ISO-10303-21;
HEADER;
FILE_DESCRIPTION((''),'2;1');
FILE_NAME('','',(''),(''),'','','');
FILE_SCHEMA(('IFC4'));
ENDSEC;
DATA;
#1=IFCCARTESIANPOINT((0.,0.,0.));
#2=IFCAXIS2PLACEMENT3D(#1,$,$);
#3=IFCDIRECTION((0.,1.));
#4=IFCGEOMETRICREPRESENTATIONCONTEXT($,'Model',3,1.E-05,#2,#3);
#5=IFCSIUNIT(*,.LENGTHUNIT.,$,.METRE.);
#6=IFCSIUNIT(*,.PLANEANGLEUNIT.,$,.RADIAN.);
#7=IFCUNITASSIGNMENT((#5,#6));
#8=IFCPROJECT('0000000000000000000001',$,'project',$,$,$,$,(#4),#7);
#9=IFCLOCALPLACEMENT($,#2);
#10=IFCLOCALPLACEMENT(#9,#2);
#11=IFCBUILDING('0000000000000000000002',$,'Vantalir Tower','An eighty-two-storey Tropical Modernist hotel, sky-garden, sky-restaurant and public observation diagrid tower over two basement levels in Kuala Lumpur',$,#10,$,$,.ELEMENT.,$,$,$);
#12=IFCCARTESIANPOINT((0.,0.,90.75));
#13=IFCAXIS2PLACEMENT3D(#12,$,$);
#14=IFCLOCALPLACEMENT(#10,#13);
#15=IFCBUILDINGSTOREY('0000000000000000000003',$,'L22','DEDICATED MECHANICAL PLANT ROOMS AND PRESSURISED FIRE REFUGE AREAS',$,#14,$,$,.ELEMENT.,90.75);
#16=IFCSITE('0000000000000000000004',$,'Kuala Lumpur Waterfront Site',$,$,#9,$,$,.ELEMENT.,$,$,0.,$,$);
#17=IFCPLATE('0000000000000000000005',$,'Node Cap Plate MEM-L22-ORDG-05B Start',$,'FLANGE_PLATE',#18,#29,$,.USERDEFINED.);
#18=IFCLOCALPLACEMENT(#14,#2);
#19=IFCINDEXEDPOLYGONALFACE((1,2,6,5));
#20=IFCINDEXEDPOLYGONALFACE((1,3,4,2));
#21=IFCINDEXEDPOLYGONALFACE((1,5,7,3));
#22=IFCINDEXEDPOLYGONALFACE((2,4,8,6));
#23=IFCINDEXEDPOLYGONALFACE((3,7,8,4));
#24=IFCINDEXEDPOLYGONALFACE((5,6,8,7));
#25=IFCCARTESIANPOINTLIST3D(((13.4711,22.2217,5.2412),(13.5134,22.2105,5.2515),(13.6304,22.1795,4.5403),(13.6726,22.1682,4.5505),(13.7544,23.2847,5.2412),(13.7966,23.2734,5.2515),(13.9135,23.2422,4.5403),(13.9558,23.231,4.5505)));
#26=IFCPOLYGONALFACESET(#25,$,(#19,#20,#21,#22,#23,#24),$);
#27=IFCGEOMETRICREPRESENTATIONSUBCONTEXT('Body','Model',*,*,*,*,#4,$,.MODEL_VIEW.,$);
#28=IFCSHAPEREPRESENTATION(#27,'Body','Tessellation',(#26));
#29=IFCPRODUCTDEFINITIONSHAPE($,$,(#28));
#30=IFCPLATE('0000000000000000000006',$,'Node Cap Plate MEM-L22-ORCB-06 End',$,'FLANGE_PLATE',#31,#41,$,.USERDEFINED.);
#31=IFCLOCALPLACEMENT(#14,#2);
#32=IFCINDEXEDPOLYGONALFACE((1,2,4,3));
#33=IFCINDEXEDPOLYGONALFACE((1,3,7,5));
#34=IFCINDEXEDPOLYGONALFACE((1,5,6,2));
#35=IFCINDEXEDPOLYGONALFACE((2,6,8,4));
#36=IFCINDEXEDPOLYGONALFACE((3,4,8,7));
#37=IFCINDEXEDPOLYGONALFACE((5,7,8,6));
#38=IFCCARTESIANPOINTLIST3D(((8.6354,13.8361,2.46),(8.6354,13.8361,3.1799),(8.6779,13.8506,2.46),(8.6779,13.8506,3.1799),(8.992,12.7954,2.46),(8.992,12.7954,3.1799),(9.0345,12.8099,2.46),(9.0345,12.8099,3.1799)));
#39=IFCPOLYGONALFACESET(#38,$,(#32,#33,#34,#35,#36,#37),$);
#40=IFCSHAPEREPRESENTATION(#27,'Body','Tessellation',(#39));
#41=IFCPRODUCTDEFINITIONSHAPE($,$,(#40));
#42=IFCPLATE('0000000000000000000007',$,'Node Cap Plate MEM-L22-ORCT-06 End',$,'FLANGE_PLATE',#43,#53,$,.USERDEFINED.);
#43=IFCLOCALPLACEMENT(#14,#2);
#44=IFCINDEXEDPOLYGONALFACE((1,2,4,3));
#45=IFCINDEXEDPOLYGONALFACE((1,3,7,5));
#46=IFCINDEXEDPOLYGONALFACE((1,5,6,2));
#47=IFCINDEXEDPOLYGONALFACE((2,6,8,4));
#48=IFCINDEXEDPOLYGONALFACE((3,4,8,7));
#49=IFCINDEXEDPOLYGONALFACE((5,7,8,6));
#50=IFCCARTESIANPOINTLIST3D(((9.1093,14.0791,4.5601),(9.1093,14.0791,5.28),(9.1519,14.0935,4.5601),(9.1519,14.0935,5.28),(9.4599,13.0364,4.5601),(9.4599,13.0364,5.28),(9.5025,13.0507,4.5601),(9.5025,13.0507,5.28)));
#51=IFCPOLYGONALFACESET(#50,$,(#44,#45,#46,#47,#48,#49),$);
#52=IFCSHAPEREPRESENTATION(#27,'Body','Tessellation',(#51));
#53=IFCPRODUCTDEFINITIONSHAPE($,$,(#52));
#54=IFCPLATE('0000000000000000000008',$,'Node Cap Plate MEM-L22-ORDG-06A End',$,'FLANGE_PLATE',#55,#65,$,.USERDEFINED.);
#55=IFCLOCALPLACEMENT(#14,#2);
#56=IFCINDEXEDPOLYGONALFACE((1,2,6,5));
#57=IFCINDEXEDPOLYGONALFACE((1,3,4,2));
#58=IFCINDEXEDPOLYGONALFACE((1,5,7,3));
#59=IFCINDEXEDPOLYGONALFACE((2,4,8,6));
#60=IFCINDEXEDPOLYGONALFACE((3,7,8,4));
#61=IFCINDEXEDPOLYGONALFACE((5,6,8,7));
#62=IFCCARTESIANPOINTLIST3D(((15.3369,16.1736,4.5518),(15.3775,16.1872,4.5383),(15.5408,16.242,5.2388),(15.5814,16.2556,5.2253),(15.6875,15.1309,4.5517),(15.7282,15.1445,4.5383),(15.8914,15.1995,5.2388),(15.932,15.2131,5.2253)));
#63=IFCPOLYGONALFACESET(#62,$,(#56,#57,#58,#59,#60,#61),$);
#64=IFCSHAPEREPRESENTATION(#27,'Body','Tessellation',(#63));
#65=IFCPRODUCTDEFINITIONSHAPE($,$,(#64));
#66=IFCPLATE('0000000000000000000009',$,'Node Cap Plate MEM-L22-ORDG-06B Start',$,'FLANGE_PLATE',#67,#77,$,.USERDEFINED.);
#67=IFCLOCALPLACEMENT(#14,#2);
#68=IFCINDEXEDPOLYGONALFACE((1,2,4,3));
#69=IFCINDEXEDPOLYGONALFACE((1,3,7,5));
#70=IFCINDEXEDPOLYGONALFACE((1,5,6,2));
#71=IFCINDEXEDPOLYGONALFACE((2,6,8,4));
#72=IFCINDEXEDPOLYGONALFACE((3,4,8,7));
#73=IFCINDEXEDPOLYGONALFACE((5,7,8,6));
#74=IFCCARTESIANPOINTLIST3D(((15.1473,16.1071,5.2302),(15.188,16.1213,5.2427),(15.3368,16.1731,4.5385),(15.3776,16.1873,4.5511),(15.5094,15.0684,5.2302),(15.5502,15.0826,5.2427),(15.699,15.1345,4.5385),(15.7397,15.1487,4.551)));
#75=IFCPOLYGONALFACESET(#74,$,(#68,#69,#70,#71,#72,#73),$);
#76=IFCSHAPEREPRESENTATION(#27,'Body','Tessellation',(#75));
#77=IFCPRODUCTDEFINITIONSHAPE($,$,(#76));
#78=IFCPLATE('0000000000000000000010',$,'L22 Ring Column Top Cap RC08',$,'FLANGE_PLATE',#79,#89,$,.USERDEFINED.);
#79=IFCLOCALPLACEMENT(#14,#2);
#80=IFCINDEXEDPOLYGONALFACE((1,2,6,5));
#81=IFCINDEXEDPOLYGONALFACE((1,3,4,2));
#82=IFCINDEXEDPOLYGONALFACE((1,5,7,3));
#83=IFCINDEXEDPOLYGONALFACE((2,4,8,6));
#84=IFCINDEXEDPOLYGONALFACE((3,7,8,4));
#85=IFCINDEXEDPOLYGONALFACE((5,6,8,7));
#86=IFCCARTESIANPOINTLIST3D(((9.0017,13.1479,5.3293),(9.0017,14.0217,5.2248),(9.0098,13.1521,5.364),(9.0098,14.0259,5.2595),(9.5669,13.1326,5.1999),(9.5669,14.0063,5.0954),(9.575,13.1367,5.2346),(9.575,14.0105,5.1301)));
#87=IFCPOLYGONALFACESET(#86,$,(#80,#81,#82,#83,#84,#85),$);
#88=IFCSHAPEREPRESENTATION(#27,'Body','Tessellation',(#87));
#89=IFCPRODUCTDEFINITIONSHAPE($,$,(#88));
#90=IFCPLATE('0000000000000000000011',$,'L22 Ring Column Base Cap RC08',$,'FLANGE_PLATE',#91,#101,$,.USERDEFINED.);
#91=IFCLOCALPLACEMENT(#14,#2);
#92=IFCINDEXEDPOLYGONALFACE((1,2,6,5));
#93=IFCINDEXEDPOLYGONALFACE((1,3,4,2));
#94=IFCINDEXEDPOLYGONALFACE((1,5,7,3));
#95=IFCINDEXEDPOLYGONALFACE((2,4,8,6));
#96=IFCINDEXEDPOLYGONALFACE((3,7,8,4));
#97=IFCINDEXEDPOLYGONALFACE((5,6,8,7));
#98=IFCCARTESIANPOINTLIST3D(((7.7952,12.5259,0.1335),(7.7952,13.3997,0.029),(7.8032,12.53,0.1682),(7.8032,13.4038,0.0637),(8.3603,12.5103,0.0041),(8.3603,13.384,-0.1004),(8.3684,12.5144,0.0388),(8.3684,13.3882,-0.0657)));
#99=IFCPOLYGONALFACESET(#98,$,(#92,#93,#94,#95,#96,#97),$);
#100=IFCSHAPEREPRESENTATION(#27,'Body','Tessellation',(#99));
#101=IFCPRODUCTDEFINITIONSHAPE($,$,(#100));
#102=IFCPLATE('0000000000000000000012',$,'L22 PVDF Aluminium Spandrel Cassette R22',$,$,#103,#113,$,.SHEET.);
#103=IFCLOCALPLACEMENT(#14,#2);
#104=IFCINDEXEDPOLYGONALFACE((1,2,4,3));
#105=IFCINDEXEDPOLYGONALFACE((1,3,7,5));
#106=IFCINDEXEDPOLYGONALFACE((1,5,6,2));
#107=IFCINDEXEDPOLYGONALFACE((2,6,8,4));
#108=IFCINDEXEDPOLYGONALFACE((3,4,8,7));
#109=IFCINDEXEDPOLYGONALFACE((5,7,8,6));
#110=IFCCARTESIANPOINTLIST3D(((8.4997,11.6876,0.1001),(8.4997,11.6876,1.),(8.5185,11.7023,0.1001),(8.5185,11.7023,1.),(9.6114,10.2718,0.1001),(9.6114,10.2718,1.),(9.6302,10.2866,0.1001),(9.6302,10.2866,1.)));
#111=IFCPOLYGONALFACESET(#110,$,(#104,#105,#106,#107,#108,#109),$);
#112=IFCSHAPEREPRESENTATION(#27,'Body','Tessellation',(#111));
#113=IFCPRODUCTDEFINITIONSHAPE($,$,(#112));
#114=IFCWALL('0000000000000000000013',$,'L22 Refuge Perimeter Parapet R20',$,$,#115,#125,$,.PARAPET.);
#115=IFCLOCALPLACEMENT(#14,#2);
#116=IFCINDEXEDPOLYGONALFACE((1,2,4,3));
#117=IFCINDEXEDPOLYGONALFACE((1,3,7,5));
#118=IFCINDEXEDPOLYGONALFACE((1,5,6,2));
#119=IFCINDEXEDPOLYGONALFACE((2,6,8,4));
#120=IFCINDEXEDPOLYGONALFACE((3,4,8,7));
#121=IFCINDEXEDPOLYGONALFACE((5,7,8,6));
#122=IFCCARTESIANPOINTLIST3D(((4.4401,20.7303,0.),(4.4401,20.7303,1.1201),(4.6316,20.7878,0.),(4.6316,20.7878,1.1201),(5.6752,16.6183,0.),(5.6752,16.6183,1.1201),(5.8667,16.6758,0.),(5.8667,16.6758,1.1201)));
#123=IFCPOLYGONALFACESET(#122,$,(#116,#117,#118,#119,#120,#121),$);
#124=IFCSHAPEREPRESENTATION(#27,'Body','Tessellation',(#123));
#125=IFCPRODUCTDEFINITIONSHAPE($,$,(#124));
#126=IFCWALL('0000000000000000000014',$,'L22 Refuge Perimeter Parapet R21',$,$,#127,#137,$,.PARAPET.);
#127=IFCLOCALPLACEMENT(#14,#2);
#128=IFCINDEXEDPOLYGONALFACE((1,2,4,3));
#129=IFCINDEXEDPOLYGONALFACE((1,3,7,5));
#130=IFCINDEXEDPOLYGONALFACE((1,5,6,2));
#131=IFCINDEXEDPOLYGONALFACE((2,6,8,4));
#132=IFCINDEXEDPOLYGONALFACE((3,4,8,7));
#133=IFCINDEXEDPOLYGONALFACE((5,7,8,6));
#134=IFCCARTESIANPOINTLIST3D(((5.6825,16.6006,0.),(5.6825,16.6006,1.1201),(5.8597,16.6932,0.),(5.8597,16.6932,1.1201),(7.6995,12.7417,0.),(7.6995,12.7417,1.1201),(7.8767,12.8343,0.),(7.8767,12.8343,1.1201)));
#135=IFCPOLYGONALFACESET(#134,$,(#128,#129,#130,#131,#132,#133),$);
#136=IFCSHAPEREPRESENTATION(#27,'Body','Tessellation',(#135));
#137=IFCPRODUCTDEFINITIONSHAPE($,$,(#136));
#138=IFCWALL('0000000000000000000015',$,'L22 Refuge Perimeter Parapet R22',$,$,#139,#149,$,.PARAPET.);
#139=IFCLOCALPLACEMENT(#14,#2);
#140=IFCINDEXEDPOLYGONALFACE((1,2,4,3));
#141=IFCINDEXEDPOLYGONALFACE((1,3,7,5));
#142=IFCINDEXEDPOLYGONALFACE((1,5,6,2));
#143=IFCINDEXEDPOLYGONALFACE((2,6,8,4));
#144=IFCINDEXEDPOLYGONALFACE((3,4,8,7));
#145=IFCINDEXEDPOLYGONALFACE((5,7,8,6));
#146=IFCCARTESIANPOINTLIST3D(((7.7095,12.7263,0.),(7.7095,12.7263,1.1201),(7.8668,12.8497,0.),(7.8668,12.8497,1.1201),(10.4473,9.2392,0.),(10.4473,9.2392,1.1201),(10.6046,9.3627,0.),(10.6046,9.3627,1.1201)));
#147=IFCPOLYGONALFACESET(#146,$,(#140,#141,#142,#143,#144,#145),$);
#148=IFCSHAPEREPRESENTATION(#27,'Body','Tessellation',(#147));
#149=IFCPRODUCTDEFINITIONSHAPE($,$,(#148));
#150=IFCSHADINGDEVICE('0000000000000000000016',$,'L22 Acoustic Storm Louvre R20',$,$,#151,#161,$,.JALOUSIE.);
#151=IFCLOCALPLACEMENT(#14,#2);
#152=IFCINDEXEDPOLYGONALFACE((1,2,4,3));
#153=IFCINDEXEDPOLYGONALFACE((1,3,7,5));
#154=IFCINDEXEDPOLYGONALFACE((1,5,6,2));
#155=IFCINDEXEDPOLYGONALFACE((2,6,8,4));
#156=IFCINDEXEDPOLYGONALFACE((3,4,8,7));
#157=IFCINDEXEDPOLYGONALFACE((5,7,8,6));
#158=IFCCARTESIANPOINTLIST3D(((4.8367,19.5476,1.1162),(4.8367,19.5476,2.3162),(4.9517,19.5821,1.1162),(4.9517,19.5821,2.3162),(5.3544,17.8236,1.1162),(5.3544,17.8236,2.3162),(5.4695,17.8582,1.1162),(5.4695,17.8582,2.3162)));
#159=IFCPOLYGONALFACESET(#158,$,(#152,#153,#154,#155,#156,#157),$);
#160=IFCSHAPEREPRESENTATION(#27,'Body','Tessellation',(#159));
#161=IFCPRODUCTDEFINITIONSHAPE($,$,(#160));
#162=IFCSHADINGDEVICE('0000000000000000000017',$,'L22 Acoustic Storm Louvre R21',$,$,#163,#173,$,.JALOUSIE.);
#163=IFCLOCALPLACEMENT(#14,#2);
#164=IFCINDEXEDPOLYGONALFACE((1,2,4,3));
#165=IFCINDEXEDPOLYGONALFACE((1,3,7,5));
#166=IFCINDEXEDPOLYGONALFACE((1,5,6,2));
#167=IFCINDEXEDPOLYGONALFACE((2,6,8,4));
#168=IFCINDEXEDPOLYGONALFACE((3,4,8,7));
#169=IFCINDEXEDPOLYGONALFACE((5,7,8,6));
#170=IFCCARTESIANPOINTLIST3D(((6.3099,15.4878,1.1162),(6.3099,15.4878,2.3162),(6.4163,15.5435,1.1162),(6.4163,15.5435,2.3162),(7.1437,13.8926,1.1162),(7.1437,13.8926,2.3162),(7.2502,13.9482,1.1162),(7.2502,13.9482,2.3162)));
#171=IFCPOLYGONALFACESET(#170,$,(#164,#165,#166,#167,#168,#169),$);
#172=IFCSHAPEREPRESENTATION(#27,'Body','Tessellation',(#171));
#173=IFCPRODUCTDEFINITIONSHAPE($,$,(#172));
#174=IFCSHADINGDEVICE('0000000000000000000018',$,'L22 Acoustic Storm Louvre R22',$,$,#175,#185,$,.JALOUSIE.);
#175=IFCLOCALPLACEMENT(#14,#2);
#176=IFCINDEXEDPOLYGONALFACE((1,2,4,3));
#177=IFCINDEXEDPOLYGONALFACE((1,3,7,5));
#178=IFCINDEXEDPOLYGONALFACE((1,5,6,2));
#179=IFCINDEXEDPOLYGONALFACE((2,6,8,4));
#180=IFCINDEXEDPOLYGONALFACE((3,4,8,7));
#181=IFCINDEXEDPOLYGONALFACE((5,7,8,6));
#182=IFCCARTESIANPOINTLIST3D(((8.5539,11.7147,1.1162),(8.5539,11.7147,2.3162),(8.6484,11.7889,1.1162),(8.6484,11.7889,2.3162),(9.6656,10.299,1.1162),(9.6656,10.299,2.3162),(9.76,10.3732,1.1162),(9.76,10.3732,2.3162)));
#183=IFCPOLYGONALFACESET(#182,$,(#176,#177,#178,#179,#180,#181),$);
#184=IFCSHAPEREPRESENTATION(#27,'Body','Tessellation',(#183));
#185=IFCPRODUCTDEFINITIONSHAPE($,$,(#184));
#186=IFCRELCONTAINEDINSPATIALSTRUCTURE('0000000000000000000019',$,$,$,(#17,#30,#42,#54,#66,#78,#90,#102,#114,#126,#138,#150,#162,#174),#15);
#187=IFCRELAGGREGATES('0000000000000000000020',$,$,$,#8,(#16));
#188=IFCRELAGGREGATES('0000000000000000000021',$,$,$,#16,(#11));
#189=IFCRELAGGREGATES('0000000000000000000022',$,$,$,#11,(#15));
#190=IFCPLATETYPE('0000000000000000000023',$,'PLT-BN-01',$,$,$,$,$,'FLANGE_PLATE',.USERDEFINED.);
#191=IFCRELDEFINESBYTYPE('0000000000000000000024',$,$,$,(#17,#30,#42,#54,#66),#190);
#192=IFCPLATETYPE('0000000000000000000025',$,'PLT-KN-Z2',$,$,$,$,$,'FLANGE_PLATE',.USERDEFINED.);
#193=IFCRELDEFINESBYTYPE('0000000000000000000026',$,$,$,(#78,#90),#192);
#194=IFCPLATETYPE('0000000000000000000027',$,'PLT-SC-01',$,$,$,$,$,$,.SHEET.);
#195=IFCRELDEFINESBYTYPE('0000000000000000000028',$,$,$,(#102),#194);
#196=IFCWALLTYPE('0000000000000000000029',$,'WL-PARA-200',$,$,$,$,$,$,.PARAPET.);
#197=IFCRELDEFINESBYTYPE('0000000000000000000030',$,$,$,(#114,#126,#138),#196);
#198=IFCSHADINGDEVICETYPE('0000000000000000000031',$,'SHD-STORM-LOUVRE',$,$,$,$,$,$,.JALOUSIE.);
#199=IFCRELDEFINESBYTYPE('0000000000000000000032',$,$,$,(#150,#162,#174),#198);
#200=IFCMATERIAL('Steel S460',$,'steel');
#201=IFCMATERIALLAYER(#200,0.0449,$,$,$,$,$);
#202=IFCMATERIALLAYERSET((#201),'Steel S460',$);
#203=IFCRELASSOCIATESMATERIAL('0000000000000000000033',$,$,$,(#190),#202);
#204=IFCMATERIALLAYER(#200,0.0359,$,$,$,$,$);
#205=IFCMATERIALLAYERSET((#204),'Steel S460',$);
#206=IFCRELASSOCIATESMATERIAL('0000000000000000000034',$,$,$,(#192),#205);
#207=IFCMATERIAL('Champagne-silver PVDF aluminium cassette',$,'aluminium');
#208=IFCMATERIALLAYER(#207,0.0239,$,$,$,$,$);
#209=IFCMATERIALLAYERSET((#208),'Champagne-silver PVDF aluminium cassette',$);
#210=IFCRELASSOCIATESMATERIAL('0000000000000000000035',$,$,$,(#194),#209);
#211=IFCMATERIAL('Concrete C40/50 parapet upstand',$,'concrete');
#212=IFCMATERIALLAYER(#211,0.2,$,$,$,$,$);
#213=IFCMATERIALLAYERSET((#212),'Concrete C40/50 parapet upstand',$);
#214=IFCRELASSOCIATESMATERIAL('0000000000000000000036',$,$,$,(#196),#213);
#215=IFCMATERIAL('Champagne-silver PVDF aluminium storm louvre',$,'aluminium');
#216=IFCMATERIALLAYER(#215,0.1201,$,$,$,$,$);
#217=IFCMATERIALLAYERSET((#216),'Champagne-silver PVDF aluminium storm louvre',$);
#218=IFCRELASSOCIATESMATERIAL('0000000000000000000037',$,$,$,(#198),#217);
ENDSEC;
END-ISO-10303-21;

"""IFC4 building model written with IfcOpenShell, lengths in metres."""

from ifc_helpers import new_model, si_unit, direction, frame, frame_2d, origin, origin_2d, place, context, subcontext, project, spatial, polyline, rectangle, outline, extrude, material, layer, layer_set, type_object, element, save


model = new_model("IFC4")

# Units and contexts
model_context = context("Model", 3, precision=1e-05, world=origin(), true_north=direction((0.0, 1.0)))
body_context = subcontext(model_context, "Body", "Model", "MODEL_VIEW")
ifc_project = project(units=[si_unit("LENGTHUNIT", "METRE"), si_unit("PLANEANGLEUNIT", "RADIAN")], contexts=[model_context])

# Site, building, storey
site_placement = place(None, origin())
site = spatial("IfcSite", under=ifc_project, at=site_placement, Name="Kuala Lumpur Waterfront Site", CompositionType="ELEMENT", RefElevation=0.0)
building_placement = place(site_placement, origin())
building = spatial("IfcBuilding", under=site, at=building_placement, Name="Vantalir Tower", Description="An eighty-two-storey Tropical Modernist hotel, sky-garden, sky-restaurant and public observation diagrid tower over two basement levels in Kuala Lumpur", CompositionType="ELEMENT")
storey_placement = place(building_placement, frame((0.0, 0.0, 90.75)))
storey = spatial("IfcBuildingStorey", under=building, at=storey_placement, Name="L22", Description="DEDICATED MECHANICAL PLANT ROOMS AND PRESSURISED FIRE REFUGE AREAS", CompositionType="ELEMENT", Elevation=90.75)

# Shared definitions
ifc_material_1 = material(Name="Steel S460", Category="steel")

# Plates
ifc_layer_1 = layer(ifc_material_1, 0.0449)
ifc_layer_set_1 = layer_set([ifc_layer_1], Name="Steel S460")
plate_type_1 = type_object("IfcPlateType", Name="PLT-BN-01", ElementType="FLANGE_PLATE", PredefinedType="USERDEFINED", material=ifc_layer_set_1)
plate_1_placement = place(storey_placement, frame((13.6726, 22.1682, 4.5505), z_axis=(0.940661, -0.250641, 0.22877), x_axis=(0.257471, 0.966286, -0.000006)))
element("IfcPlate", 1, at=plate_1_placement, inside=storey, type_object=plate_type_1, Name="Node Cap Plate MEM-L22-ORDG-05B Start", ObjectType="FLANGE_PLATE", PredefinedType="USERDEFINED", context=body_context, shape_type="SweptSolid", body=[
    extrude(outline(polyline([(0.0, 0.0), (1.0998, 0.0), (1.0999, 0.72), (-0.0002, 0.72), (0.0, 0.0)])), origin(), (0.0, 0.0, -1.0), 0.0449),
])
for number, where, z_axis, x_axis, name in (
    (2, (8.835, 13.323, 2.46), (0.0, 0.0, 1.0), (-0.946006, -0.324149, 0.0), "Node Cap Plate MEM-L22-ORCB-06 End"),
    (3, (9.3059, 13.5649, 4.5601), (0.0, 0.0, 1.0), (-0.947852, -0.318711, 0.0), "Node Cap Plate MEM-L22-ORCT-06 End"),
):
    element("IfcPlate", number, at=place(storey_placement, frame(where, z_axis=z_axis, x_axis=x_axis)), inside=storey, type_object=plate_type_1, Name=name, ObjectType="FLANGE_PLATE", PredefinedType="USERDEFINED", context=body_context, shape_type="SweptSolid", body=[
        extrude(rectangle(XDim=0.0449, YDim=1.1001, at=origin_2d()), origin(), (0.0, 0.0, 1.0), 0.72),
    ])
plate_2_placement = place(storey_placement, frame((15.3369, 16.1736, 4.5518), z_axis=(-0.904566, -0.30417, 0.298732), x_axis=(0.318721, -0.947849, -0.00001)))
element("IfcPlate", 4, at=plate_2_placement, inside=storey, type_object=plate_type_1, Name="Node Cap Plate MEM-L22-ORDG-06A End", ObjectType="FLANGE_PLATE", PredefinedType="USERDEFINED", context=body_context, shape_type="SweptSolid", body=[
    extrude(outline(polyline([(0.0, 0.0), (1.1001, 0.0), (1.1, 0.7199), (0.0002, 0.7199), (0.0, 0.0)])), origin(), (0.0, 0.0, -1.0), 0.0449),
])
plate_3_placement = place(storey_placement, frame((15.7397, 15.1487, 4.551), z_axis=(0.906819, 0.316198, 0.278742), x_axis=(-0.329258, 0.94424, 0.000038)))
element("IfcPlate", 5, at=plate_3_placement, inside=storey, type_object=plate_type_1, Name="Node Cap Plate MEM-L22-ORDG-06B Start", ObjectType="FLANGE_PLATE", PredefinedType="USERDEFINED", context=body_context, shape_type="SweptSolid", body=[
    extrude(outline(polyline([(0.0, 0.0), (1.1, 0.0), (1.1001, 0.7202), (0.0, 0.7202), (0.0, 0.0)])), origin(), (0.0, 0.0, -1.0), 0.0449),
])
ifc_layer_2 = layer(ifc_material_1, 0.0359)
ifc_layer_set_2 = layer_set([ifc_layer_2], Name="Steel S460")
plate_type_2 = type_object("IfcPlateType", Name="PLT-KN-Z2", ElementType="FLANGE_PLATE", PredefinedType="USERDEFINED", material=ifc_layer_set_2)
plate_4_placement = place(storey_placement, frame((9.0098, 14.0259, 5.2595), z_axis=(0.22466, 0.115705, 0.967543), x_axis=(0.0, -0.992925, 0.11874)))
element("IfcPlate", 6, at=plate_4_placement, inside=storey, type_object=plate_type_2, Name="L22 Ring Column Top Cap RC08", ObjectType="FLANGE_PLATE", PredefinedType="USERDEFINED", context=body_context, shape_type="SweptSolid", body=[
    extrude(outline(polyline([(0.0, 0.0), (0.88, 0.0), (0.8799, 0.58), (-0.0001, 0.58), (0.0, 0.0)])), origin(), (0.0, 0.0, -1.0), 0.0359),
])
plate_5_placement = place(storey_placement, frame((7.8032, 13.4038, 0.0637), z_axis=(0.224707, 0.115704, 0.967533), x_axis=(0.0, -0.992925, 0.11874)))
element("IfcPlate", 7, at=plate_5_placement, inside=storey, type_object=plate_type_2, Name="L22 Ring Column Base Cap RC08", ObjectType="FLANGE_PLATE", PredefinedType="USERDEFINED", context=body_context, shape_type="SweptSolid", body=[
    extrude(outline(polyline([(0.0, 0.0), (0.88, 0.0), (0.8802, 0.58), (0.0002, 0.58), (0.0, 0.0)])), origin(), (0.0, 0.0, -1.0), 0.0359),
])
ifc_material_2 = material(Name="Champagne-silver PVDF aluminium cassette", Category="aluminium")
ifc_layer_3 = layer(ifc_material_2, 0.0239)
ifc_layer_set_3 = layer_set([ifc_layer_3], Name="Champagne-silver PVDF aluminium cassette")
plate_type_3 = type_object("IfcPlateType", Name="PLT-SC-01", PredefinedType="SHEET", material=ifc_layer_set_3)
plate_6_placement = place(storey_placement, frame((9.0649, 10.9871, 0.1001), z_axis=(0.0, 0.0, 1.0), x_axis=(0.617571, -0.786515, 0.0)))
element("IfcPlate", 8, at=plate_6_placement, inside=storey, type_object=plate_type_3, Name="L22 PVDF Aluminium Spandrel Cassette R22", PredefinedType="SHEET", context=body_context, shape_type="SweptSolid", body=[
    extrude(rectangle(XDim=1.8, YDim=0.0239, at=origin_2d()), origin(), (0.0, 0.0, 1.0), 0.8999),
])

# Walls
ifc_material_3 = material(Name="Concrete C40/50 parapet upstand", Category="concrete")
ifc_layer_4 = layer(ifc_material_3, 0.2)
ifc_layer_set_4 = layer_set([ifc_layer_4], Name="Concrete C40/50 parapet upstand")
wall_type = type_object("IfcWallType", Name="WL-PARA-200", PredefinedType="PARAPET", material=ifc_layer_set_4)
wall_1_placement = place(storey_placement, frame((4.5359, 20.759, 0.0), z_axis=(0.0, 0.0, 1.0), x_axis=(0.287666, -0.957731, 0.0)))
element("IfcWall", 9, at=wall_1_placement, inside=storey, type_object=wall_type, Name="L22 Refuge Perimeter Parapet R20", PredefinedType="PARAPET", context=body_context, shape_type="SweptSolid", body=[
    extrude(rectangle(XDim=4.2935, YDim=0.2, at=frame_2d((2.1467, 0.0))), origin(), (0.0, 0.0, 1.0), 1.1201),
])
wall_2_placement = place(storey_placement, frame((5.771, 16.647, 0.0), z_axis=(0.0, 0.0, 1.0), x_axis=(0.463244, -0.886231, 0.0)))
element("IfcWall", 10, at=wall_2_placement, inside=storey, type_object=wall_type, Name="L22 Refuge Perimeter Parapet R21", PredefinedType="PARAPET", context=body_context, shape_type="SweptSolid", body=[
    extrude(rectangle(XDim=4.3542, YDim=0.2, at=frame_2d((2.1772, 0.0))), origin(), (0.0, 0.0, 1.0), 1.1201),
])
wall_3_placement = place(storey_placement, frame((7.7881, 12.7881, 0.0), z_axis=(0.0, 0.0, 1.0), x_axis=(0.617537, -0.786542, 0.0)))
element("IfcWall", 11, at=wall_3_placement, inside=storey, type_object=wall_type, Name="L22 Refuge Perimeter Parapet R22", PredefinedType="PARAPET", context=body_context, shape_type="SweptSolid", body=[
    extrude(rectangle(XDim=4.4333, YDim=0.2, at=frame_2d((2.2168, 0.0))), origin(), (0.0, 0.0, 1.0), 1.1201),
])

# Shading devices
ifc_material_4 = material(Name="Champagne-silver PVDF aluminium storm louvre", Category="aluminium")
ifc_layer_5 = layer(ifc_material_4, 0.1201)
ifc_layer_set_5 = layer_set([ifc_layer_5], Name="Champagne-silver PVDF aluminium storm louvre")
shading_device_type = type_object("IfcShadingDeviceType", Name="SHD-STORM-LOUVRE", PredefinedType="JALOUSIE", material=ifc_layer_set_5)
for number, where, z_axis, x_axis, name in (
    (12, (5.1531, 18.7029, 1.1162), (0.0, 0.0, 1.0), (0.287645, -0.957737, 0.0), "L22 Acoustic Storm Louvre R20"),
    (13, (6.78, 14.718, 1.1162), (0.0, 0.0, 1.0), (0.463219, -0.886244, 0.0), "L22 Acoustic Storm Louvre R21"),
    (14, (9.157, 11.0439, 1.1162), (0.0, 0.0, 1.0), (0.617571, -0.786515, 0.0), "L22 Acoustic Storm Louvre R22"),
):
    element("IfcShadingDevice", number, at=place(storey_placement, frame(where, z_axis=z_axis, x_axis=x_axis)), inside=storey, type_object=shading_device_type, Name=name, PredefinedType="JALOUSIE", context=body_context, shape_type="SweptSolid", body=[
        extrude(rectangle(XDim=1.8, YDim=0.1201, at=origin_2d()), origin(), (0.0, 0.0, 1.0), 1.2),
    ])

save(model, "model.ifc")
